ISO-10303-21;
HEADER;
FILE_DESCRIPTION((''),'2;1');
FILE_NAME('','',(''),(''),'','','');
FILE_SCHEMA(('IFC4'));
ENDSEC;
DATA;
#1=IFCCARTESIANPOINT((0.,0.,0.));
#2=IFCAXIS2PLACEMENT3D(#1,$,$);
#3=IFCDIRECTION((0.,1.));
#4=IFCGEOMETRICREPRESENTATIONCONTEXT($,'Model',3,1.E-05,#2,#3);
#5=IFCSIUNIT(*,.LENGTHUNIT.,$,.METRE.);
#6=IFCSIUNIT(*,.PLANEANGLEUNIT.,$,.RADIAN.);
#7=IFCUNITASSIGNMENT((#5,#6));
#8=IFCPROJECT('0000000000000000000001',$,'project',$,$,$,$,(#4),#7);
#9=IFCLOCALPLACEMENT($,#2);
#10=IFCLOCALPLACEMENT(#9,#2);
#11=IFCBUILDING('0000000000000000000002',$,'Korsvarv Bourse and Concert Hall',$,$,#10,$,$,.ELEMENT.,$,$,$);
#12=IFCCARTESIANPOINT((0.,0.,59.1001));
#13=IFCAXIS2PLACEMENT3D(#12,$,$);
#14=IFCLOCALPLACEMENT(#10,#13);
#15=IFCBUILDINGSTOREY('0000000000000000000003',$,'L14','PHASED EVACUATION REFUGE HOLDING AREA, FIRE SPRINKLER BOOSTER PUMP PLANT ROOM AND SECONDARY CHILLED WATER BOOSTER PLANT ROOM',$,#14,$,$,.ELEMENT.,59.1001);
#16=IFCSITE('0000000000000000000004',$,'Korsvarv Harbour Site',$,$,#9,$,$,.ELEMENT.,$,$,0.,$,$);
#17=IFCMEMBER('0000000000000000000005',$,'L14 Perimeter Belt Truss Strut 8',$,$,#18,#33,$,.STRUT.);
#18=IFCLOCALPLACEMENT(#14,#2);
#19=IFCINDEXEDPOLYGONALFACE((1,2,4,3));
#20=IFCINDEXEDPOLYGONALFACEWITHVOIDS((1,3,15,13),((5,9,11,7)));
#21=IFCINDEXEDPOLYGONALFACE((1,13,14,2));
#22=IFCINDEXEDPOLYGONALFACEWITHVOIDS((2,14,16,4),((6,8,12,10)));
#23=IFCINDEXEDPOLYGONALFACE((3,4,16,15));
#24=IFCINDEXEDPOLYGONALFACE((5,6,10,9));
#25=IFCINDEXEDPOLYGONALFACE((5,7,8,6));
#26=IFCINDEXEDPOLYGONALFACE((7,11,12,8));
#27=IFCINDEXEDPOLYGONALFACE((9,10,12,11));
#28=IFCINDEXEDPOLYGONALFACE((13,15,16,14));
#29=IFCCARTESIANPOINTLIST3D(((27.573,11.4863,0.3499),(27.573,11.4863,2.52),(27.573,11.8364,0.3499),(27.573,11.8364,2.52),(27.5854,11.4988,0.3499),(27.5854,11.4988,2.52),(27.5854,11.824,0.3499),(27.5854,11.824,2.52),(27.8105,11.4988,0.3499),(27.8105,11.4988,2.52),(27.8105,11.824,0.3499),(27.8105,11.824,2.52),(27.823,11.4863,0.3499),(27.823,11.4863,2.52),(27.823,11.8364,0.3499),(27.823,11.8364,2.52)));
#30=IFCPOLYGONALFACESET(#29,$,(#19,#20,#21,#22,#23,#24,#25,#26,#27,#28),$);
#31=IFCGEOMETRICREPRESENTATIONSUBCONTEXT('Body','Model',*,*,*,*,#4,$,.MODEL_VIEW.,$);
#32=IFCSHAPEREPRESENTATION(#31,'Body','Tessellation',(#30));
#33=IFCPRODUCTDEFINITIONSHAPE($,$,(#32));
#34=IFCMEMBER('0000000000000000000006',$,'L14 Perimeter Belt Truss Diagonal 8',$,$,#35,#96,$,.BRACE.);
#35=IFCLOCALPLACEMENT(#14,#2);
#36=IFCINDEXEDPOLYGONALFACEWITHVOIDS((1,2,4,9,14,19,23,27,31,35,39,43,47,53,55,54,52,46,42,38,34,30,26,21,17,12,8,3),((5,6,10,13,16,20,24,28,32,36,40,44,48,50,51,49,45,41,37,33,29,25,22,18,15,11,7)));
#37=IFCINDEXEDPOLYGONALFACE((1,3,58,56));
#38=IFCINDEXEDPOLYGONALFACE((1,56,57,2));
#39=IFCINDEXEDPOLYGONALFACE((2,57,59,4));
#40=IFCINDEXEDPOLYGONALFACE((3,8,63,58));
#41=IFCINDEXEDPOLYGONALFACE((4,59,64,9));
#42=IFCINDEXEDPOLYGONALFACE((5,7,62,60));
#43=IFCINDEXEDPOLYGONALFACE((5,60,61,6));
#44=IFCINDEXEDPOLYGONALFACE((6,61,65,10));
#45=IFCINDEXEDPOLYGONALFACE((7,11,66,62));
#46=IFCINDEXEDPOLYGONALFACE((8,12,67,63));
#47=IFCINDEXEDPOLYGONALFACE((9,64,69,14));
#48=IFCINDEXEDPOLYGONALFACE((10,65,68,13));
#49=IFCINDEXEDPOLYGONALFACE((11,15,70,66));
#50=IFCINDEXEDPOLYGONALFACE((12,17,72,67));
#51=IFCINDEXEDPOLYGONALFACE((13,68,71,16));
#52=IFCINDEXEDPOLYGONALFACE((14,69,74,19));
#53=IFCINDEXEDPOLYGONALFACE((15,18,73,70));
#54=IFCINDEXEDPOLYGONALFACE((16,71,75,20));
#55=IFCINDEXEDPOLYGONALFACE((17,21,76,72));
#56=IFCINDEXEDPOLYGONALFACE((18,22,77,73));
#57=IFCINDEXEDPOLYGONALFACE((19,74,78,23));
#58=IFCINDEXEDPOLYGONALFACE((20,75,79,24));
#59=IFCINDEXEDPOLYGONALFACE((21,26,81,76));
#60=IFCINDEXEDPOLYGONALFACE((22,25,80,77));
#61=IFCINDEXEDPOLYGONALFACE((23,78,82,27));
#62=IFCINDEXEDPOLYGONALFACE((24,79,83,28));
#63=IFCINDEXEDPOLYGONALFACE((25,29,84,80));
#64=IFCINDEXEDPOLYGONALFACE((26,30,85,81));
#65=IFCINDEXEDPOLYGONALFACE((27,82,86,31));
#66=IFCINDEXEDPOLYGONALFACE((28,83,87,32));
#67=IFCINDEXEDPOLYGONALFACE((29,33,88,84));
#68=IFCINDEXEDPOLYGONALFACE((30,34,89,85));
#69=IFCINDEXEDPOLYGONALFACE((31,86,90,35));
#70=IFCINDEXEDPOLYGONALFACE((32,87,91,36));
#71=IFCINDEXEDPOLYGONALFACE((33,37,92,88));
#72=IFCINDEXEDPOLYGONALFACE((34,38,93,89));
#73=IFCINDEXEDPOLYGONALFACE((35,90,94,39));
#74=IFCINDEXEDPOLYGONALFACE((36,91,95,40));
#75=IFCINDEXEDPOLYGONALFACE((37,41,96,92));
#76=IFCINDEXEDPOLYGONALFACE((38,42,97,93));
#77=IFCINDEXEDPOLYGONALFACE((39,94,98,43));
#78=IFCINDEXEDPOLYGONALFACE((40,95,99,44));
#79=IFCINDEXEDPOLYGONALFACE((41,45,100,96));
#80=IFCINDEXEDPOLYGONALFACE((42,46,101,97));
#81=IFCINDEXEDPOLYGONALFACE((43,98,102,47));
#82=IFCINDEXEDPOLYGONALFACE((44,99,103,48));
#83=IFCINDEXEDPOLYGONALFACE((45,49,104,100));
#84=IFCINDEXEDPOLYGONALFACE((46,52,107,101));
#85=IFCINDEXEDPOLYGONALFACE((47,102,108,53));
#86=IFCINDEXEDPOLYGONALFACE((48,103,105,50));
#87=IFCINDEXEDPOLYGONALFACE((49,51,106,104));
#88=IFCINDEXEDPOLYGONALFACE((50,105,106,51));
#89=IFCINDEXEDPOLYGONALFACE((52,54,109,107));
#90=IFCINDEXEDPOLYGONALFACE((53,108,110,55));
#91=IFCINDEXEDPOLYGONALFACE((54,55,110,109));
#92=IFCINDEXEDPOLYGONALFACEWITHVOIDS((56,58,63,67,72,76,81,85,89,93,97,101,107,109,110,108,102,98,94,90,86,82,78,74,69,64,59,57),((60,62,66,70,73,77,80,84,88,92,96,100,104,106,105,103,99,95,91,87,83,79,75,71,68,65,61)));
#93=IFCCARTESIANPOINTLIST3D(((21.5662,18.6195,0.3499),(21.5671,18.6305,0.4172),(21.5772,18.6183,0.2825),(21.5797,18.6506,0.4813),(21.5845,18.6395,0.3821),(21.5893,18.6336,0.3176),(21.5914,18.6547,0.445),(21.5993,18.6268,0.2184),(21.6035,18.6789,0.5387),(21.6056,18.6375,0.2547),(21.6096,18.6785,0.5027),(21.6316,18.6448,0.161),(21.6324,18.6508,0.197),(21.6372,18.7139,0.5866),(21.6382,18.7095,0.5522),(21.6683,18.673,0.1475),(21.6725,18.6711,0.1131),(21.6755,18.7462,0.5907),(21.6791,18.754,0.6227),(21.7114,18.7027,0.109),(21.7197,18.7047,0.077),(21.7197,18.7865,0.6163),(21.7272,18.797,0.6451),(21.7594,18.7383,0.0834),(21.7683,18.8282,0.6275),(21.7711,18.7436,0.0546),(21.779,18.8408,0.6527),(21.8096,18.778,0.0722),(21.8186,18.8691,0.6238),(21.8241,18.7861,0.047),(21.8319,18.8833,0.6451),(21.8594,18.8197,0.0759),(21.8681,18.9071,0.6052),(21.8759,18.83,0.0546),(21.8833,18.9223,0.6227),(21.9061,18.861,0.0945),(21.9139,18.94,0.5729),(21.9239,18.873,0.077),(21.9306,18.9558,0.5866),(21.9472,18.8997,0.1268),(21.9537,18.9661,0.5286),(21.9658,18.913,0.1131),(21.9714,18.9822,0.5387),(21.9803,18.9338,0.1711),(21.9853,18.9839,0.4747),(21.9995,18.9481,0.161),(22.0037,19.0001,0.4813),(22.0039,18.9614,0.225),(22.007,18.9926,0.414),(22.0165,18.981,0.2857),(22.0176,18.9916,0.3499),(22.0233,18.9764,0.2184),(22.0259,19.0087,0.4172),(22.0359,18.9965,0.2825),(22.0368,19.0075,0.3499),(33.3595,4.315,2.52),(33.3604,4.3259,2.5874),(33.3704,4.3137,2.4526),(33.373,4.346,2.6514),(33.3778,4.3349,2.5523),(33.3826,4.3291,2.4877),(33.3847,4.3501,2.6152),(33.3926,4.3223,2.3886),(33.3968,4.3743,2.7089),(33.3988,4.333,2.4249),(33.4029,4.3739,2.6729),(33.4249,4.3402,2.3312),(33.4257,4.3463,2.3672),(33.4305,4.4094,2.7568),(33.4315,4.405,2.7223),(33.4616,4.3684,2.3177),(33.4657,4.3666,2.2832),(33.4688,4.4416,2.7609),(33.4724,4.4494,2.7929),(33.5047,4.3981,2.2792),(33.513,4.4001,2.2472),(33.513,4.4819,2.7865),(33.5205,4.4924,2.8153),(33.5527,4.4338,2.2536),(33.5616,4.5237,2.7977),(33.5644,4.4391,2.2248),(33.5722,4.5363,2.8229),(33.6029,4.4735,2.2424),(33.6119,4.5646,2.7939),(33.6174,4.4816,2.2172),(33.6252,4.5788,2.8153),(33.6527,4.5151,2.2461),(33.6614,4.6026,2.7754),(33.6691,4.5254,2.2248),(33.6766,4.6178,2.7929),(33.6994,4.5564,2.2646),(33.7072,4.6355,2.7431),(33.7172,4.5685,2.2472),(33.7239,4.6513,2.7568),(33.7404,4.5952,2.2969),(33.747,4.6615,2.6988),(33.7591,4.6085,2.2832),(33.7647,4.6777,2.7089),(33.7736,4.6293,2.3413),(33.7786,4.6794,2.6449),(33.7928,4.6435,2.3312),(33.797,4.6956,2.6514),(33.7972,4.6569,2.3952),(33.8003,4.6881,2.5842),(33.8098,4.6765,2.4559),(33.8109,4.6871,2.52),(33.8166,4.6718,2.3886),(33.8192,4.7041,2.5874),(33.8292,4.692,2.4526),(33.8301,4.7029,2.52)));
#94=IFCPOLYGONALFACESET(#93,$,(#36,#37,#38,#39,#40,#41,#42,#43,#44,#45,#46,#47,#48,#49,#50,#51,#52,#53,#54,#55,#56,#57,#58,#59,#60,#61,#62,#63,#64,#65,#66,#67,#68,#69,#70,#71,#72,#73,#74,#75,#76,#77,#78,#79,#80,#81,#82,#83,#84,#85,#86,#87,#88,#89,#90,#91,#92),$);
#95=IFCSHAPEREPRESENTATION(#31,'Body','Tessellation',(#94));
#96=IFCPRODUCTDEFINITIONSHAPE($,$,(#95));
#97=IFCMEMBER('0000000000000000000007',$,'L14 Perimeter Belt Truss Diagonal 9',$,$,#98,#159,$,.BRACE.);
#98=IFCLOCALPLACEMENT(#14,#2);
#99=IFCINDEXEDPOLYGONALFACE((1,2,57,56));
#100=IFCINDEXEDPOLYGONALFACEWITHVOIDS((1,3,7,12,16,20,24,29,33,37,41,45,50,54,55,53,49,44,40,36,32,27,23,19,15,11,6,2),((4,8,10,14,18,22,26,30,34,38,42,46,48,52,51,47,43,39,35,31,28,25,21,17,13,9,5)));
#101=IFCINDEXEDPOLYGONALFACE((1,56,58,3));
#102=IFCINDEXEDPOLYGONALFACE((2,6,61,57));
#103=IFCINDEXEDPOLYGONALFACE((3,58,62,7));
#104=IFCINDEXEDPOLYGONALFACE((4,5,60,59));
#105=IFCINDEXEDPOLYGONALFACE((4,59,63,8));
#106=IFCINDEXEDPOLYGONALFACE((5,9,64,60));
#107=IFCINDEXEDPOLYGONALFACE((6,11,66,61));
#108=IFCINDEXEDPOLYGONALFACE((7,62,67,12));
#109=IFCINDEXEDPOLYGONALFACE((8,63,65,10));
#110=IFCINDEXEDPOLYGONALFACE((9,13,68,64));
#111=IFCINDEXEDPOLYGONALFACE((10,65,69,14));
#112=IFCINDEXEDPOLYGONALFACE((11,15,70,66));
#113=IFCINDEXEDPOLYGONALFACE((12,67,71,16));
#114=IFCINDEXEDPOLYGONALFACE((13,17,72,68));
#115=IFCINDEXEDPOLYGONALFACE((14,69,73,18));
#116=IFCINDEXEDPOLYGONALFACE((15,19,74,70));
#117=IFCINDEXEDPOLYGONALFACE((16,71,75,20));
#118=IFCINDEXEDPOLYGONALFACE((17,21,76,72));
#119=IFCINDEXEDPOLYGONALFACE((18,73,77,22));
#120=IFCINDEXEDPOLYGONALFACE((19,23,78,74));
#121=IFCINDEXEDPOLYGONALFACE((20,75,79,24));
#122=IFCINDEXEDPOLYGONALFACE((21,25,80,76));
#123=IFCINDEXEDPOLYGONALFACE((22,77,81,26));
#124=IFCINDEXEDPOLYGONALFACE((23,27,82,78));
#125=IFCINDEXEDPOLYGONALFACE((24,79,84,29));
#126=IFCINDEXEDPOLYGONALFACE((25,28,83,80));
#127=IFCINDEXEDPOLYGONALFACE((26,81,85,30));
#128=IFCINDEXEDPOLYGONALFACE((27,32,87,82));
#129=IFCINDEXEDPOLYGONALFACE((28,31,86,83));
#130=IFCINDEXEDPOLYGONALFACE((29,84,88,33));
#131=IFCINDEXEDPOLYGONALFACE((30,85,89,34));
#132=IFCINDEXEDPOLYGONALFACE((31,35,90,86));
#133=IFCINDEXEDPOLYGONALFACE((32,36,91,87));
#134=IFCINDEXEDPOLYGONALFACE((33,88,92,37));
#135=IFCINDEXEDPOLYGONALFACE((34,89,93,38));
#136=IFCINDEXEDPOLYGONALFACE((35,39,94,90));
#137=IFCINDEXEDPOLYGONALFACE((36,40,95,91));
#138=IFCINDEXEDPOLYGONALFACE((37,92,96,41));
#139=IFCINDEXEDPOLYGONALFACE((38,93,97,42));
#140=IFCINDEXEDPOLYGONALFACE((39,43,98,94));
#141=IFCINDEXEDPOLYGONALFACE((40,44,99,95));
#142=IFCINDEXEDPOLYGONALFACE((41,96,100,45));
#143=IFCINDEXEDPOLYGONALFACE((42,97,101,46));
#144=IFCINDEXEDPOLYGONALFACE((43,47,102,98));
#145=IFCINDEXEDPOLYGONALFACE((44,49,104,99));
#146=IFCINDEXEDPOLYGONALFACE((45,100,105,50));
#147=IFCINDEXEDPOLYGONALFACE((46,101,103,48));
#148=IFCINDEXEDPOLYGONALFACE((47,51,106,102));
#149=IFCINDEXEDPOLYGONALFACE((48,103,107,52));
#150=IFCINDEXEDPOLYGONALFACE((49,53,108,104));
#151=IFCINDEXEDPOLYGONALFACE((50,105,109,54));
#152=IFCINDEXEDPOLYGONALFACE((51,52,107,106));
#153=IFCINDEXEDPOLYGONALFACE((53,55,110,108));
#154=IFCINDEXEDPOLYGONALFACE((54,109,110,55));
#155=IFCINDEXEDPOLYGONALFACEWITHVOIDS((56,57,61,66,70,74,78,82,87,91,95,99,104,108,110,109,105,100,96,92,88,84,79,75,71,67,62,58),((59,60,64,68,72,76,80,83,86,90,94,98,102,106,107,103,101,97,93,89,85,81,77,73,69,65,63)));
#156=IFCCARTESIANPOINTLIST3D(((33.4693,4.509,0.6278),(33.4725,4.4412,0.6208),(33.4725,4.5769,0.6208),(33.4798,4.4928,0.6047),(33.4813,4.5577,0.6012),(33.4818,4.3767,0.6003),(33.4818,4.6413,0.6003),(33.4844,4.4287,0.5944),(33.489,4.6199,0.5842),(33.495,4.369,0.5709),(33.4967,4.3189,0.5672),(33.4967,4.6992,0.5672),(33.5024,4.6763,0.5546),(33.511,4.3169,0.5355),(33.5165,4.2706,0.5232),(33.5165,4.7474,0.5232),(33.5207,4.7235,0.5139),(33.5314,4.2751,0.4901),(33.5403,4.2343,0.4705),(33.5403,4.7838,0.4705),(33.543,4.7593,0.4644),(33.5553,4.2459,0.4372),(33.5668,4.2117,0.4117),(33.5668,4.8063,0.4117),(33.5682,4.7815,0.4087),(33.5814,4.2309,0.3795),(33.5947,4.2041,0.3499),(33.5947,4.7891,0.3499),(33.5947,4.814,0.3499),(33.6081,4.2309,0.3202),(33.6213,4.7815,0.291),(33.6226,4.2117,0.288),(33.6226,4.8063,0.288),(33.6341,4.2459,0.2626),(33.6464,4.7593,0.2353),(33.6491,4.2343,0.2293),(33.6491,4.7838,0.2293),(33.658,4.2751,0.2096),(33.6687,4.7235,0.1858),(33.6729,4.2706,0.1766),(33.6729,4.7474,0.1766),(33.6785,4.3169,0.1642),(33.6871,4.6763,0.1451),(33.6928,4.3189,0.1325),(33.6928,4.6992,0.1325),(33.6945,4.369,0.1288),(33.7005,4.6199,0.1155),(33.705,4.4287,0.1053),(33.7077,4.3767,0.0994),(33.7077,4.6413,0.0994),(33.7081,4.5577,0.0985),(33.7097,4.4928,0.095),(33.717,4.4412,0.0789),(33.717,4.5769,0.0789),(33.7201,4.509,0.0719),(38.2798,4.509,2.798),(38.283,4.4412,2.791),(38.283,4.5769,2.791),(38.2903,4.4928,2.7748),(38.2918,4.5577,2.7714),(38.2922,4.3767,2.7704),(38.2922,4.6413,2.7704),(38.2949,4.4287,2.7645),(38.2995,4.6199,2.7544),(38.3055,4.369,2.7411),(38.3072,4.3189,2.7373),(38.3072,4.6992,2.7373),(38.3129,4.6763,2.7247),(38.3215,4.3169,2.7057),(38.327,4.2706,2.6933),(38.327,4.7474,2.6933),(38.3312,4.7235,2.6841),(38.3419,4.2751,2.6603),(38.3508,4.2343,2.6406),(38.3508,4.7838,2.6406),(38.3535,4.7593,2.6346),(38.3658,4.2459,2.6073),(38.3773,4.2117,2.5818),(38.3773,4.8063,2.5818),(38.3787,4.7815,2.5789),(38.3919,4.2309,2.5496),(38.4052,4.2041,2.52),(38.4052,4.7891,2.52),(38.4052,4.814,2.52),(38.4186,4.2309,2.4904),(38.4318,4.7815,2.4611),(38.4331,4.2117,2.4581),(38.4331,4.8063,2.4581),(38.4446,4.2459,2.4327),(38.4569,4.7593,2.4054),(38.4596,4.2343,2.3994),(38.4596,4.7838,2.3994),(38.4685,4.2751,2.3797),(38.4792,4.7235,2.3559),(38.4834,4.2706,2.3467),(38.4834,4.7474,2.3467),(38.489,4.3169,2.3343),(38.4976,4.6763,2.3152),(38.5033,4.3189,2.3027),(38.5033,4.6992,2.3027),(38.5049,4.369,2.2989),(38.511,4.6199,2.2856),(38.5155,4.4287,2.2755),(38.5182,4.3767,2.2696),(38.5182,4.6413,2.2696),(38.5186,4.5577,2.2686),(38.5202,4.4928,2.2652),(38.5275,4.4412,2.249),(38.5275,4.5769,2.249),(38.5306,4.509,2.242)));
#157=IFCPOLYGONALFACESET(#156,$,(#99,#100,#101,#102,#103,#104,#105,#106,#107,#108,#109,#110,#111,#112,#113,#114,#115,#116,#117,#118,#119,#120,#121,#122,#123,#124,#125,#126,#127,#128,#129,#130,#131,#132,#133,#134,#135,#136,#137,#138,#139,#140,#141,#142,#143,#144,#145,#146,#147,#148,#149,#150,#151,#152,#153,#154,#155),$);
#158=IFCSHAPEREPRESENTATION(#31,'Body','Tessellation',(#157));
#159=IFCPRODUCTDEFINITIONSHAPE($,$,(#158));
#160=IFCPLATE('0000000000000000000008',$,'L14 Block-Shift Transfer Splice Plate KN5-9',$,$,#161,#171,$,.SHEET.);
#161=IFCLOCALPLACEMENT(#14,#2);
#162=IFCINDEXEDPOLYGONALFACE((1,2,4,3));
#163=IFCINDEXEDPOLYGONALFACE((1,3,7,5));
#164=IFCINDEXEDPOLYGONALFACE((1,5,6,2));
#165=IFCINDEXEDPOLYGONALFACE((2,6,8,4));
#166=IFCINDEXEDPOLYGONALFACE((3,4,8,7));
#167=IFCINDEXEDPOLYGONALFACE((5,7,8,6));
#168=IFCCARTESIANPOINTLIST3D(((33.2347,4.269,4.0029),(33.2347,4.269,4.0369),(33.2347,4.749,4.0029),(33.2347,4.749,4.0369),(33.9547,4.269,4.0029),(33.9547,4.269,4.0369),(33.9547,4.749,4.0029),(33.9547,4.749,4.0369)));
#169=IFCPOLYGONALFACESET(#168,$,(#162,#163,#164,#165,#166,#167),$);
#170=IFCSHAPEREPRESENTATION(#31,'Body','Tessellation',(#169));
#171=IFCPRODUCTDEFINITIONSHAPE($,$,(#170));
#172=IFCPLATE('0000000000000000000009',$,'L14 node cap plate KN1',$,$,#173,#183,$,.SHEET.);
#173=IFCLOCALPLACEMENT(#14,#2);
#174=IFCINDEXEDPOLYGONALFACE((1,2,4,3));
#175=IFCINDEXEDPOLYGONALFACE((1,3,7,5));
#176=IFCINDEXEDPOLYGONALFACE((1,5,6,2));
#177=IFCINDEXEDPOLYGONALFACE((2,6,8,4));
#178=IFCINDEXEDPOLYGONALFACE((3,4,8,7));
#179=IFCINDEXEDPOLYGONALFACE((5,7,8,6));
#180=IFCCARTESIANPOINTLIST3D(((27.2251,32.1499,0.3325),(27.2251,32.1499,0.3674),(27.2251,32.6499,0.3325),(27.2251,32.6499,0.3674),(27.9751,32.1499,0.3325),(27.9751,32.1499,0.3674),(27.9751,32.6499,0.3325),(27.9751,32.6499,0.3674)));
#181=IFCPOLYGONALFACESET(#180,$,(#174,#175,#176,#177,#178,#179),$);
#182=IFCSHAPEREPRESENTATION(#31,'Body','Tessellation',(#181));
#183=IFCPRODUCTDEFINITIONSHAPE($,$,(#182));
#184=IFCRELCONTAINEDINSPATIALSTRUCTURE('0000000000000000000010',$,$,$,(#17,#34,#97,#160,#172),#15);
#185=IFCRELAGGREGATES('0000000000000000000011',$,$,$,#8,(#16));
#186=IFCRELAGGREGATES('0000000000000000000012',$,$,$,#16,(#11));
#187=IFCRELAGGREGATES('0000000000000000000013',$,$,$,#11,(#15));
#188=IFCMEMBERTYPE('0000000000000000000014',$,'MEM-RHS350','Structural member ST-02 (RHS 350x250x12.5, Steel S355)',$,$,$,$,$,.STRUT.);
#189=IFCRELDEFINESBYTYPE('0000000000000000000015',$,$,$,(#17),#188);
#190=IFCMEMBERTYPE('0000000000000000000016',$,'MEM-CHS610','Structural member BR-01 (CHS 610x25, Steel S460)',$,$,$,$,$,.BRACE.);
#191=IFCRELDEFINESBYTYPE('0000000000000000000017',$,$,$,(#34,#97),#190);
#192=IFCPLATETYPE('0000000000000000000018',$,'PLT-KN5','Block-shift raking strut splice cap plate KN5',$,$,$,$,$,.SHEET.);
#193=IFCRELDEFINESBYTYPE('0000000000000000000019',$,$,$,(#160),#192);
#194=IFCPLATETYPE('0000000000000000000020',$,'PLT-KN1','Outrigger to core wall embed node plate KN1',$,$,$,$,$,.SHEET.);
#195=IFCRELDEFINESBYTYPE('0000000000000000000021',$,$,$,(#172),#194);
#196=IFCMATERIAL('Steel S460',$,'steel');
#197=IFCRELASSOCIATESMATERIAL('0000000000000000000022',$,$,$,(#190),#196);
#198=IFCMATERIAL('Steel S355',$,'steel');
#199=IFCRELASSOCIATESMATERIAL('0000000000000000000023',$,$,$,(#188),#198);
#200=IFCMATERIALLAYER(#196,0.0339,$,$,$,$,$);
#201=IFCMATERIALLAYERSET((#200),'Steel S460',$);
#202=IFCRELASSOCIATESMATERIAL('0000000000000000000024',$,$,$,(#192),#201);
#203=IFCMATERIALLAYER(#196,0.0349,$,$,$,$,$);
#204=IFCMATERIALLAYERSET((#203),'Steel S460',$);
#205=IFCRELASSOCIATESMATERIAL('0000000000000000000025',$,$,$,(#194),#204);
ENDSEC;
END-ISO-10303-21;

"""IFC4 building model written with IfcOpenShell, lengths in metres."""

from ifc_helpers import new_model, si_unit, direction, frame, origin, origin_2d, place, context, subcontext, project, spatial, rectangle, hollow_rectangle, hollow_circle, extrude, source, transform, mapped, material, layer, layer_set, material_profile, profile_set, type_object, element, save


model = new_model("IFC4")

# Units and contexts
model_context = context("Model", 3, precision=1e-05, world=origin(), true_north=direction((0.0, 1.0)))
body_context = subcontext(model_context, "Body", "Model", "MODEL_VIEW")
ifc_project = project(units=[si_unit("LENGTHUNIT", "METRE"), si_unit("PLANEANGLEUNIT", "RADIAN")], contexts=[model_context])

# Site, building, storey
site_placement = place(None, origin())
site = spatial("IfcSite", under=ifc_project, at=site_placement, Name="Korsvarv Harbour Site", CompositionType="ELEMENT", RefElevation=0.0)
building_placement = place(site_placement, origin())
building = spatial("IfcBuilding", under=site, at=building_placement, Name="Korsvarv Bourse and Concert Hall", CompositionType="ELEMENT")
storey_placement = place(building_placement, frame((0.0, 0.0, 59.1001)))
storey = spatial("IfcBuildingStorey", under=building, at=storey_placement, Name="L14", Description="PHASED EVACUATION REFUGE HOLDING AREA, FIRE SPRINKLER BOOSTER PUMP PLANT ROOM AND SECONDARY CHILLED WATER BOOSTER PLANT ROOM", CompositionType="ELEMENT", Elevation=59.1001)

# Shared definitions
ifc_material_1 = material(Name="Steel S460", Category="steel")

# Members
ifc_material_profile_1 = material_profile(ifc_material_1, hollow_circle(Radius=0.3049, WallThickness=0.0249, at=origin_2d()), Name="CHS 610x25")
ifc_profile_set_1 = profile_set([ifc_material_profile_1], Name="Steel S460")
member_type_1 = type_object("IfcMemberType", Name="MEM-CHS610", Description="Structural member BR-01 (CHS 610x25, Steel S460)", PredefinedType="BRACE", material=ifc_profile_set_1)
ifc_material_2 = material(Name="Steel S355", Category="steel")
ifc_material_profile_2 = material_profile(ifc_material_2, hollow_rectangle(XDim=0.25, YDim=0.3501, WallThickness=0.0125, at=origin_2d()), Name="RHS 350x250x12.5")
ifc_profile_set_2 = profile_set([ifc_material_profile_2], Name="Steel S355")
member_type_2 = type_object("IfcMemberType", Name="MEM-RHS350", Description="Structural member ST-02 (RHS 350x250x12.5, Steel S355)", PredefinedType="STRUT", material=ifc_profile_set_2)
shared_shape_1 = source(origin(), body_context, "Body", "SweptSolid", [
    extrude(hollow_rectangle(XDim=0.25, YDim=0.3501, WallThickness=0.0125, at=origin_2d()), origin(), (0.0, 0.0, 1.0), 2.1702),
])
member_1_placement = place(storey_placement, frame((27.698, 11.6614, 0.3499), z_axis=(0.0, 0.0, 1.0), x_axis=(1.0, 0.0, 0.0)))
element("IfcMember", 1, at=member_1_placement, inside=storey, type_object=member_type_2, Name="L14 Perimeter Belt Truss Strut 8", PredefinedType="STRUT", context=body_context, shape_type="MappedRepresentation", body=[
    mapped(shared_shape_1, transform((0.0, 0.0, 0.0), scale=1.0)),
])
shared_shape_2 = source(origin(), body_context, "Body", "SweptSolid", [
    extrude(hollow_circle(Radius=0.3049, WallThickness=0.0249, at=origin_2d()), origin(), (0.0, 0.0, 1.0), 18.6658),
])
member_2_placement = place(storey_placement, frame((21.8015, 18.8135, 0.3499), z_axis=(0.631814, -0.766351, 0.116265), x_axis=(0.771584, 0.636128, 0.0)))
element("IfcMember", 2, at=member_2_placement, inside=storey, type_object=member_type_1, Name="L14 Perimeter Belt Truss Diagonal 8", PredefinedType="BRACE", context=body_context, shape_type="MappedRepresentation", body=[
    mapped(shared_shape_2, transform((0.0, 0.0, 0.0), scale=1.0)),
])
shared_shape_3 = source(origin(), body_context, "Body", "SweptSolid", [
    extrude(hollow_circle(Radius=0.3049, WallThickness=0.0249, at=origin_2d()), origin(), (0.0, 0.0, 1.0), 5.2773),
])
member_3_placement = place(storey_placement, frame((33.5947, 4.509, 0.3499), z_axis=(0.911537, 0.0, 0.411219), x_axis=(0.0, 1.0, 0.0)))
element("IfcMember", 3, at=member_3_placement, inside=storey, type_object=member_type_1, Name="L14 Perimeter Belt Truss Diagonal 9", PredefinedType="BRACE", context=body_context, shape_type="MappedRepresentation", body=[
    mapped(shared_shape_3, transform((0.0, 0.0, 0.0), scale=1.0)),
])

# Plates
ifc_layer_1 = layer(ifc_material_1, 0.0339)
ifc_layer_set_1 = layer_set([ifc_layer_1], Name="Steel S460")
plate_type_1 = type_object("IfcPlateType", Name="PLT-KN5", Description="Block-shift raking strut splice cap plate KN5", PredefinedType="SHEET", material=ifc_layer_set_1)
shared_shape_4 = source(origin(), body_context, "Body", "SweptSolid", [
    extrude(rectangle(XDim=0.72, YDim=0.48, at=origin_2d()), origin(), (0.0, 0.0, 1.0), 0.0339),
])
plate_1_placement = place(storey_placement, frame((33.5947, 4.509, 4.0029), z_axis=(0.0, 0.0, 1.0), x_axis=(1.0, 0.0, 0.0)))
element("IfcPlate", 4, at=plate_1_placement, inside=storey, type_object=plate_type_1, Name="L14 Block-Shift Transfer Splice Plate KN5-9", PredefinedType="SHEET", context=body_context, shape_type="MappedRepresentation", body=[
    mapped(shared_shape_4, transform((0.0, 0.0, 0.0), scale=1.0)),
])
ifc_layer_2 = layer(ifc_material_1, 0.0349)
ifc_layer_set_2 = layer_set([ifc_layer_2], Name="Steel S460")
plate_type_2 = type_object("IfcPlateType", Name="PLT-KN1", Description="Outrigger to core wall embed node plate KN1", PredefinedType="SHEET", material=ifc_layer_set_2)
shared_shape_5 = source(origin(), body_context, "Body", "SweptSolid", [
    extrude(rectangle(XDim=0.75, YDim=0.5, at=origin_2d()), origin(), (0.0, 0.0, 1.0), 0.0349),
])
for number, where, z_axis, x_axis, name in (
    (5, (27.6001, 32.3999, 0.3325), (0.0, 0.0, 1.0), (1.0, 0.0, 0.0), "L14 node cap plate KN1"),
):
    element("IfcPlate", number, at=place(storey_placement, frame(where, z_axis=z_axis, x_axis=x_axis)), inside=storey, type_object=plate_type_2, Name=name, PredefinedType="SHEET", context=body_context, shape_type="MappedRepresentation", body=[
        mapped(shared_shape_5, transform((0.0, 0.0, 0.0), scale=1.0)),
    ])

save(model, "model.ifc")
